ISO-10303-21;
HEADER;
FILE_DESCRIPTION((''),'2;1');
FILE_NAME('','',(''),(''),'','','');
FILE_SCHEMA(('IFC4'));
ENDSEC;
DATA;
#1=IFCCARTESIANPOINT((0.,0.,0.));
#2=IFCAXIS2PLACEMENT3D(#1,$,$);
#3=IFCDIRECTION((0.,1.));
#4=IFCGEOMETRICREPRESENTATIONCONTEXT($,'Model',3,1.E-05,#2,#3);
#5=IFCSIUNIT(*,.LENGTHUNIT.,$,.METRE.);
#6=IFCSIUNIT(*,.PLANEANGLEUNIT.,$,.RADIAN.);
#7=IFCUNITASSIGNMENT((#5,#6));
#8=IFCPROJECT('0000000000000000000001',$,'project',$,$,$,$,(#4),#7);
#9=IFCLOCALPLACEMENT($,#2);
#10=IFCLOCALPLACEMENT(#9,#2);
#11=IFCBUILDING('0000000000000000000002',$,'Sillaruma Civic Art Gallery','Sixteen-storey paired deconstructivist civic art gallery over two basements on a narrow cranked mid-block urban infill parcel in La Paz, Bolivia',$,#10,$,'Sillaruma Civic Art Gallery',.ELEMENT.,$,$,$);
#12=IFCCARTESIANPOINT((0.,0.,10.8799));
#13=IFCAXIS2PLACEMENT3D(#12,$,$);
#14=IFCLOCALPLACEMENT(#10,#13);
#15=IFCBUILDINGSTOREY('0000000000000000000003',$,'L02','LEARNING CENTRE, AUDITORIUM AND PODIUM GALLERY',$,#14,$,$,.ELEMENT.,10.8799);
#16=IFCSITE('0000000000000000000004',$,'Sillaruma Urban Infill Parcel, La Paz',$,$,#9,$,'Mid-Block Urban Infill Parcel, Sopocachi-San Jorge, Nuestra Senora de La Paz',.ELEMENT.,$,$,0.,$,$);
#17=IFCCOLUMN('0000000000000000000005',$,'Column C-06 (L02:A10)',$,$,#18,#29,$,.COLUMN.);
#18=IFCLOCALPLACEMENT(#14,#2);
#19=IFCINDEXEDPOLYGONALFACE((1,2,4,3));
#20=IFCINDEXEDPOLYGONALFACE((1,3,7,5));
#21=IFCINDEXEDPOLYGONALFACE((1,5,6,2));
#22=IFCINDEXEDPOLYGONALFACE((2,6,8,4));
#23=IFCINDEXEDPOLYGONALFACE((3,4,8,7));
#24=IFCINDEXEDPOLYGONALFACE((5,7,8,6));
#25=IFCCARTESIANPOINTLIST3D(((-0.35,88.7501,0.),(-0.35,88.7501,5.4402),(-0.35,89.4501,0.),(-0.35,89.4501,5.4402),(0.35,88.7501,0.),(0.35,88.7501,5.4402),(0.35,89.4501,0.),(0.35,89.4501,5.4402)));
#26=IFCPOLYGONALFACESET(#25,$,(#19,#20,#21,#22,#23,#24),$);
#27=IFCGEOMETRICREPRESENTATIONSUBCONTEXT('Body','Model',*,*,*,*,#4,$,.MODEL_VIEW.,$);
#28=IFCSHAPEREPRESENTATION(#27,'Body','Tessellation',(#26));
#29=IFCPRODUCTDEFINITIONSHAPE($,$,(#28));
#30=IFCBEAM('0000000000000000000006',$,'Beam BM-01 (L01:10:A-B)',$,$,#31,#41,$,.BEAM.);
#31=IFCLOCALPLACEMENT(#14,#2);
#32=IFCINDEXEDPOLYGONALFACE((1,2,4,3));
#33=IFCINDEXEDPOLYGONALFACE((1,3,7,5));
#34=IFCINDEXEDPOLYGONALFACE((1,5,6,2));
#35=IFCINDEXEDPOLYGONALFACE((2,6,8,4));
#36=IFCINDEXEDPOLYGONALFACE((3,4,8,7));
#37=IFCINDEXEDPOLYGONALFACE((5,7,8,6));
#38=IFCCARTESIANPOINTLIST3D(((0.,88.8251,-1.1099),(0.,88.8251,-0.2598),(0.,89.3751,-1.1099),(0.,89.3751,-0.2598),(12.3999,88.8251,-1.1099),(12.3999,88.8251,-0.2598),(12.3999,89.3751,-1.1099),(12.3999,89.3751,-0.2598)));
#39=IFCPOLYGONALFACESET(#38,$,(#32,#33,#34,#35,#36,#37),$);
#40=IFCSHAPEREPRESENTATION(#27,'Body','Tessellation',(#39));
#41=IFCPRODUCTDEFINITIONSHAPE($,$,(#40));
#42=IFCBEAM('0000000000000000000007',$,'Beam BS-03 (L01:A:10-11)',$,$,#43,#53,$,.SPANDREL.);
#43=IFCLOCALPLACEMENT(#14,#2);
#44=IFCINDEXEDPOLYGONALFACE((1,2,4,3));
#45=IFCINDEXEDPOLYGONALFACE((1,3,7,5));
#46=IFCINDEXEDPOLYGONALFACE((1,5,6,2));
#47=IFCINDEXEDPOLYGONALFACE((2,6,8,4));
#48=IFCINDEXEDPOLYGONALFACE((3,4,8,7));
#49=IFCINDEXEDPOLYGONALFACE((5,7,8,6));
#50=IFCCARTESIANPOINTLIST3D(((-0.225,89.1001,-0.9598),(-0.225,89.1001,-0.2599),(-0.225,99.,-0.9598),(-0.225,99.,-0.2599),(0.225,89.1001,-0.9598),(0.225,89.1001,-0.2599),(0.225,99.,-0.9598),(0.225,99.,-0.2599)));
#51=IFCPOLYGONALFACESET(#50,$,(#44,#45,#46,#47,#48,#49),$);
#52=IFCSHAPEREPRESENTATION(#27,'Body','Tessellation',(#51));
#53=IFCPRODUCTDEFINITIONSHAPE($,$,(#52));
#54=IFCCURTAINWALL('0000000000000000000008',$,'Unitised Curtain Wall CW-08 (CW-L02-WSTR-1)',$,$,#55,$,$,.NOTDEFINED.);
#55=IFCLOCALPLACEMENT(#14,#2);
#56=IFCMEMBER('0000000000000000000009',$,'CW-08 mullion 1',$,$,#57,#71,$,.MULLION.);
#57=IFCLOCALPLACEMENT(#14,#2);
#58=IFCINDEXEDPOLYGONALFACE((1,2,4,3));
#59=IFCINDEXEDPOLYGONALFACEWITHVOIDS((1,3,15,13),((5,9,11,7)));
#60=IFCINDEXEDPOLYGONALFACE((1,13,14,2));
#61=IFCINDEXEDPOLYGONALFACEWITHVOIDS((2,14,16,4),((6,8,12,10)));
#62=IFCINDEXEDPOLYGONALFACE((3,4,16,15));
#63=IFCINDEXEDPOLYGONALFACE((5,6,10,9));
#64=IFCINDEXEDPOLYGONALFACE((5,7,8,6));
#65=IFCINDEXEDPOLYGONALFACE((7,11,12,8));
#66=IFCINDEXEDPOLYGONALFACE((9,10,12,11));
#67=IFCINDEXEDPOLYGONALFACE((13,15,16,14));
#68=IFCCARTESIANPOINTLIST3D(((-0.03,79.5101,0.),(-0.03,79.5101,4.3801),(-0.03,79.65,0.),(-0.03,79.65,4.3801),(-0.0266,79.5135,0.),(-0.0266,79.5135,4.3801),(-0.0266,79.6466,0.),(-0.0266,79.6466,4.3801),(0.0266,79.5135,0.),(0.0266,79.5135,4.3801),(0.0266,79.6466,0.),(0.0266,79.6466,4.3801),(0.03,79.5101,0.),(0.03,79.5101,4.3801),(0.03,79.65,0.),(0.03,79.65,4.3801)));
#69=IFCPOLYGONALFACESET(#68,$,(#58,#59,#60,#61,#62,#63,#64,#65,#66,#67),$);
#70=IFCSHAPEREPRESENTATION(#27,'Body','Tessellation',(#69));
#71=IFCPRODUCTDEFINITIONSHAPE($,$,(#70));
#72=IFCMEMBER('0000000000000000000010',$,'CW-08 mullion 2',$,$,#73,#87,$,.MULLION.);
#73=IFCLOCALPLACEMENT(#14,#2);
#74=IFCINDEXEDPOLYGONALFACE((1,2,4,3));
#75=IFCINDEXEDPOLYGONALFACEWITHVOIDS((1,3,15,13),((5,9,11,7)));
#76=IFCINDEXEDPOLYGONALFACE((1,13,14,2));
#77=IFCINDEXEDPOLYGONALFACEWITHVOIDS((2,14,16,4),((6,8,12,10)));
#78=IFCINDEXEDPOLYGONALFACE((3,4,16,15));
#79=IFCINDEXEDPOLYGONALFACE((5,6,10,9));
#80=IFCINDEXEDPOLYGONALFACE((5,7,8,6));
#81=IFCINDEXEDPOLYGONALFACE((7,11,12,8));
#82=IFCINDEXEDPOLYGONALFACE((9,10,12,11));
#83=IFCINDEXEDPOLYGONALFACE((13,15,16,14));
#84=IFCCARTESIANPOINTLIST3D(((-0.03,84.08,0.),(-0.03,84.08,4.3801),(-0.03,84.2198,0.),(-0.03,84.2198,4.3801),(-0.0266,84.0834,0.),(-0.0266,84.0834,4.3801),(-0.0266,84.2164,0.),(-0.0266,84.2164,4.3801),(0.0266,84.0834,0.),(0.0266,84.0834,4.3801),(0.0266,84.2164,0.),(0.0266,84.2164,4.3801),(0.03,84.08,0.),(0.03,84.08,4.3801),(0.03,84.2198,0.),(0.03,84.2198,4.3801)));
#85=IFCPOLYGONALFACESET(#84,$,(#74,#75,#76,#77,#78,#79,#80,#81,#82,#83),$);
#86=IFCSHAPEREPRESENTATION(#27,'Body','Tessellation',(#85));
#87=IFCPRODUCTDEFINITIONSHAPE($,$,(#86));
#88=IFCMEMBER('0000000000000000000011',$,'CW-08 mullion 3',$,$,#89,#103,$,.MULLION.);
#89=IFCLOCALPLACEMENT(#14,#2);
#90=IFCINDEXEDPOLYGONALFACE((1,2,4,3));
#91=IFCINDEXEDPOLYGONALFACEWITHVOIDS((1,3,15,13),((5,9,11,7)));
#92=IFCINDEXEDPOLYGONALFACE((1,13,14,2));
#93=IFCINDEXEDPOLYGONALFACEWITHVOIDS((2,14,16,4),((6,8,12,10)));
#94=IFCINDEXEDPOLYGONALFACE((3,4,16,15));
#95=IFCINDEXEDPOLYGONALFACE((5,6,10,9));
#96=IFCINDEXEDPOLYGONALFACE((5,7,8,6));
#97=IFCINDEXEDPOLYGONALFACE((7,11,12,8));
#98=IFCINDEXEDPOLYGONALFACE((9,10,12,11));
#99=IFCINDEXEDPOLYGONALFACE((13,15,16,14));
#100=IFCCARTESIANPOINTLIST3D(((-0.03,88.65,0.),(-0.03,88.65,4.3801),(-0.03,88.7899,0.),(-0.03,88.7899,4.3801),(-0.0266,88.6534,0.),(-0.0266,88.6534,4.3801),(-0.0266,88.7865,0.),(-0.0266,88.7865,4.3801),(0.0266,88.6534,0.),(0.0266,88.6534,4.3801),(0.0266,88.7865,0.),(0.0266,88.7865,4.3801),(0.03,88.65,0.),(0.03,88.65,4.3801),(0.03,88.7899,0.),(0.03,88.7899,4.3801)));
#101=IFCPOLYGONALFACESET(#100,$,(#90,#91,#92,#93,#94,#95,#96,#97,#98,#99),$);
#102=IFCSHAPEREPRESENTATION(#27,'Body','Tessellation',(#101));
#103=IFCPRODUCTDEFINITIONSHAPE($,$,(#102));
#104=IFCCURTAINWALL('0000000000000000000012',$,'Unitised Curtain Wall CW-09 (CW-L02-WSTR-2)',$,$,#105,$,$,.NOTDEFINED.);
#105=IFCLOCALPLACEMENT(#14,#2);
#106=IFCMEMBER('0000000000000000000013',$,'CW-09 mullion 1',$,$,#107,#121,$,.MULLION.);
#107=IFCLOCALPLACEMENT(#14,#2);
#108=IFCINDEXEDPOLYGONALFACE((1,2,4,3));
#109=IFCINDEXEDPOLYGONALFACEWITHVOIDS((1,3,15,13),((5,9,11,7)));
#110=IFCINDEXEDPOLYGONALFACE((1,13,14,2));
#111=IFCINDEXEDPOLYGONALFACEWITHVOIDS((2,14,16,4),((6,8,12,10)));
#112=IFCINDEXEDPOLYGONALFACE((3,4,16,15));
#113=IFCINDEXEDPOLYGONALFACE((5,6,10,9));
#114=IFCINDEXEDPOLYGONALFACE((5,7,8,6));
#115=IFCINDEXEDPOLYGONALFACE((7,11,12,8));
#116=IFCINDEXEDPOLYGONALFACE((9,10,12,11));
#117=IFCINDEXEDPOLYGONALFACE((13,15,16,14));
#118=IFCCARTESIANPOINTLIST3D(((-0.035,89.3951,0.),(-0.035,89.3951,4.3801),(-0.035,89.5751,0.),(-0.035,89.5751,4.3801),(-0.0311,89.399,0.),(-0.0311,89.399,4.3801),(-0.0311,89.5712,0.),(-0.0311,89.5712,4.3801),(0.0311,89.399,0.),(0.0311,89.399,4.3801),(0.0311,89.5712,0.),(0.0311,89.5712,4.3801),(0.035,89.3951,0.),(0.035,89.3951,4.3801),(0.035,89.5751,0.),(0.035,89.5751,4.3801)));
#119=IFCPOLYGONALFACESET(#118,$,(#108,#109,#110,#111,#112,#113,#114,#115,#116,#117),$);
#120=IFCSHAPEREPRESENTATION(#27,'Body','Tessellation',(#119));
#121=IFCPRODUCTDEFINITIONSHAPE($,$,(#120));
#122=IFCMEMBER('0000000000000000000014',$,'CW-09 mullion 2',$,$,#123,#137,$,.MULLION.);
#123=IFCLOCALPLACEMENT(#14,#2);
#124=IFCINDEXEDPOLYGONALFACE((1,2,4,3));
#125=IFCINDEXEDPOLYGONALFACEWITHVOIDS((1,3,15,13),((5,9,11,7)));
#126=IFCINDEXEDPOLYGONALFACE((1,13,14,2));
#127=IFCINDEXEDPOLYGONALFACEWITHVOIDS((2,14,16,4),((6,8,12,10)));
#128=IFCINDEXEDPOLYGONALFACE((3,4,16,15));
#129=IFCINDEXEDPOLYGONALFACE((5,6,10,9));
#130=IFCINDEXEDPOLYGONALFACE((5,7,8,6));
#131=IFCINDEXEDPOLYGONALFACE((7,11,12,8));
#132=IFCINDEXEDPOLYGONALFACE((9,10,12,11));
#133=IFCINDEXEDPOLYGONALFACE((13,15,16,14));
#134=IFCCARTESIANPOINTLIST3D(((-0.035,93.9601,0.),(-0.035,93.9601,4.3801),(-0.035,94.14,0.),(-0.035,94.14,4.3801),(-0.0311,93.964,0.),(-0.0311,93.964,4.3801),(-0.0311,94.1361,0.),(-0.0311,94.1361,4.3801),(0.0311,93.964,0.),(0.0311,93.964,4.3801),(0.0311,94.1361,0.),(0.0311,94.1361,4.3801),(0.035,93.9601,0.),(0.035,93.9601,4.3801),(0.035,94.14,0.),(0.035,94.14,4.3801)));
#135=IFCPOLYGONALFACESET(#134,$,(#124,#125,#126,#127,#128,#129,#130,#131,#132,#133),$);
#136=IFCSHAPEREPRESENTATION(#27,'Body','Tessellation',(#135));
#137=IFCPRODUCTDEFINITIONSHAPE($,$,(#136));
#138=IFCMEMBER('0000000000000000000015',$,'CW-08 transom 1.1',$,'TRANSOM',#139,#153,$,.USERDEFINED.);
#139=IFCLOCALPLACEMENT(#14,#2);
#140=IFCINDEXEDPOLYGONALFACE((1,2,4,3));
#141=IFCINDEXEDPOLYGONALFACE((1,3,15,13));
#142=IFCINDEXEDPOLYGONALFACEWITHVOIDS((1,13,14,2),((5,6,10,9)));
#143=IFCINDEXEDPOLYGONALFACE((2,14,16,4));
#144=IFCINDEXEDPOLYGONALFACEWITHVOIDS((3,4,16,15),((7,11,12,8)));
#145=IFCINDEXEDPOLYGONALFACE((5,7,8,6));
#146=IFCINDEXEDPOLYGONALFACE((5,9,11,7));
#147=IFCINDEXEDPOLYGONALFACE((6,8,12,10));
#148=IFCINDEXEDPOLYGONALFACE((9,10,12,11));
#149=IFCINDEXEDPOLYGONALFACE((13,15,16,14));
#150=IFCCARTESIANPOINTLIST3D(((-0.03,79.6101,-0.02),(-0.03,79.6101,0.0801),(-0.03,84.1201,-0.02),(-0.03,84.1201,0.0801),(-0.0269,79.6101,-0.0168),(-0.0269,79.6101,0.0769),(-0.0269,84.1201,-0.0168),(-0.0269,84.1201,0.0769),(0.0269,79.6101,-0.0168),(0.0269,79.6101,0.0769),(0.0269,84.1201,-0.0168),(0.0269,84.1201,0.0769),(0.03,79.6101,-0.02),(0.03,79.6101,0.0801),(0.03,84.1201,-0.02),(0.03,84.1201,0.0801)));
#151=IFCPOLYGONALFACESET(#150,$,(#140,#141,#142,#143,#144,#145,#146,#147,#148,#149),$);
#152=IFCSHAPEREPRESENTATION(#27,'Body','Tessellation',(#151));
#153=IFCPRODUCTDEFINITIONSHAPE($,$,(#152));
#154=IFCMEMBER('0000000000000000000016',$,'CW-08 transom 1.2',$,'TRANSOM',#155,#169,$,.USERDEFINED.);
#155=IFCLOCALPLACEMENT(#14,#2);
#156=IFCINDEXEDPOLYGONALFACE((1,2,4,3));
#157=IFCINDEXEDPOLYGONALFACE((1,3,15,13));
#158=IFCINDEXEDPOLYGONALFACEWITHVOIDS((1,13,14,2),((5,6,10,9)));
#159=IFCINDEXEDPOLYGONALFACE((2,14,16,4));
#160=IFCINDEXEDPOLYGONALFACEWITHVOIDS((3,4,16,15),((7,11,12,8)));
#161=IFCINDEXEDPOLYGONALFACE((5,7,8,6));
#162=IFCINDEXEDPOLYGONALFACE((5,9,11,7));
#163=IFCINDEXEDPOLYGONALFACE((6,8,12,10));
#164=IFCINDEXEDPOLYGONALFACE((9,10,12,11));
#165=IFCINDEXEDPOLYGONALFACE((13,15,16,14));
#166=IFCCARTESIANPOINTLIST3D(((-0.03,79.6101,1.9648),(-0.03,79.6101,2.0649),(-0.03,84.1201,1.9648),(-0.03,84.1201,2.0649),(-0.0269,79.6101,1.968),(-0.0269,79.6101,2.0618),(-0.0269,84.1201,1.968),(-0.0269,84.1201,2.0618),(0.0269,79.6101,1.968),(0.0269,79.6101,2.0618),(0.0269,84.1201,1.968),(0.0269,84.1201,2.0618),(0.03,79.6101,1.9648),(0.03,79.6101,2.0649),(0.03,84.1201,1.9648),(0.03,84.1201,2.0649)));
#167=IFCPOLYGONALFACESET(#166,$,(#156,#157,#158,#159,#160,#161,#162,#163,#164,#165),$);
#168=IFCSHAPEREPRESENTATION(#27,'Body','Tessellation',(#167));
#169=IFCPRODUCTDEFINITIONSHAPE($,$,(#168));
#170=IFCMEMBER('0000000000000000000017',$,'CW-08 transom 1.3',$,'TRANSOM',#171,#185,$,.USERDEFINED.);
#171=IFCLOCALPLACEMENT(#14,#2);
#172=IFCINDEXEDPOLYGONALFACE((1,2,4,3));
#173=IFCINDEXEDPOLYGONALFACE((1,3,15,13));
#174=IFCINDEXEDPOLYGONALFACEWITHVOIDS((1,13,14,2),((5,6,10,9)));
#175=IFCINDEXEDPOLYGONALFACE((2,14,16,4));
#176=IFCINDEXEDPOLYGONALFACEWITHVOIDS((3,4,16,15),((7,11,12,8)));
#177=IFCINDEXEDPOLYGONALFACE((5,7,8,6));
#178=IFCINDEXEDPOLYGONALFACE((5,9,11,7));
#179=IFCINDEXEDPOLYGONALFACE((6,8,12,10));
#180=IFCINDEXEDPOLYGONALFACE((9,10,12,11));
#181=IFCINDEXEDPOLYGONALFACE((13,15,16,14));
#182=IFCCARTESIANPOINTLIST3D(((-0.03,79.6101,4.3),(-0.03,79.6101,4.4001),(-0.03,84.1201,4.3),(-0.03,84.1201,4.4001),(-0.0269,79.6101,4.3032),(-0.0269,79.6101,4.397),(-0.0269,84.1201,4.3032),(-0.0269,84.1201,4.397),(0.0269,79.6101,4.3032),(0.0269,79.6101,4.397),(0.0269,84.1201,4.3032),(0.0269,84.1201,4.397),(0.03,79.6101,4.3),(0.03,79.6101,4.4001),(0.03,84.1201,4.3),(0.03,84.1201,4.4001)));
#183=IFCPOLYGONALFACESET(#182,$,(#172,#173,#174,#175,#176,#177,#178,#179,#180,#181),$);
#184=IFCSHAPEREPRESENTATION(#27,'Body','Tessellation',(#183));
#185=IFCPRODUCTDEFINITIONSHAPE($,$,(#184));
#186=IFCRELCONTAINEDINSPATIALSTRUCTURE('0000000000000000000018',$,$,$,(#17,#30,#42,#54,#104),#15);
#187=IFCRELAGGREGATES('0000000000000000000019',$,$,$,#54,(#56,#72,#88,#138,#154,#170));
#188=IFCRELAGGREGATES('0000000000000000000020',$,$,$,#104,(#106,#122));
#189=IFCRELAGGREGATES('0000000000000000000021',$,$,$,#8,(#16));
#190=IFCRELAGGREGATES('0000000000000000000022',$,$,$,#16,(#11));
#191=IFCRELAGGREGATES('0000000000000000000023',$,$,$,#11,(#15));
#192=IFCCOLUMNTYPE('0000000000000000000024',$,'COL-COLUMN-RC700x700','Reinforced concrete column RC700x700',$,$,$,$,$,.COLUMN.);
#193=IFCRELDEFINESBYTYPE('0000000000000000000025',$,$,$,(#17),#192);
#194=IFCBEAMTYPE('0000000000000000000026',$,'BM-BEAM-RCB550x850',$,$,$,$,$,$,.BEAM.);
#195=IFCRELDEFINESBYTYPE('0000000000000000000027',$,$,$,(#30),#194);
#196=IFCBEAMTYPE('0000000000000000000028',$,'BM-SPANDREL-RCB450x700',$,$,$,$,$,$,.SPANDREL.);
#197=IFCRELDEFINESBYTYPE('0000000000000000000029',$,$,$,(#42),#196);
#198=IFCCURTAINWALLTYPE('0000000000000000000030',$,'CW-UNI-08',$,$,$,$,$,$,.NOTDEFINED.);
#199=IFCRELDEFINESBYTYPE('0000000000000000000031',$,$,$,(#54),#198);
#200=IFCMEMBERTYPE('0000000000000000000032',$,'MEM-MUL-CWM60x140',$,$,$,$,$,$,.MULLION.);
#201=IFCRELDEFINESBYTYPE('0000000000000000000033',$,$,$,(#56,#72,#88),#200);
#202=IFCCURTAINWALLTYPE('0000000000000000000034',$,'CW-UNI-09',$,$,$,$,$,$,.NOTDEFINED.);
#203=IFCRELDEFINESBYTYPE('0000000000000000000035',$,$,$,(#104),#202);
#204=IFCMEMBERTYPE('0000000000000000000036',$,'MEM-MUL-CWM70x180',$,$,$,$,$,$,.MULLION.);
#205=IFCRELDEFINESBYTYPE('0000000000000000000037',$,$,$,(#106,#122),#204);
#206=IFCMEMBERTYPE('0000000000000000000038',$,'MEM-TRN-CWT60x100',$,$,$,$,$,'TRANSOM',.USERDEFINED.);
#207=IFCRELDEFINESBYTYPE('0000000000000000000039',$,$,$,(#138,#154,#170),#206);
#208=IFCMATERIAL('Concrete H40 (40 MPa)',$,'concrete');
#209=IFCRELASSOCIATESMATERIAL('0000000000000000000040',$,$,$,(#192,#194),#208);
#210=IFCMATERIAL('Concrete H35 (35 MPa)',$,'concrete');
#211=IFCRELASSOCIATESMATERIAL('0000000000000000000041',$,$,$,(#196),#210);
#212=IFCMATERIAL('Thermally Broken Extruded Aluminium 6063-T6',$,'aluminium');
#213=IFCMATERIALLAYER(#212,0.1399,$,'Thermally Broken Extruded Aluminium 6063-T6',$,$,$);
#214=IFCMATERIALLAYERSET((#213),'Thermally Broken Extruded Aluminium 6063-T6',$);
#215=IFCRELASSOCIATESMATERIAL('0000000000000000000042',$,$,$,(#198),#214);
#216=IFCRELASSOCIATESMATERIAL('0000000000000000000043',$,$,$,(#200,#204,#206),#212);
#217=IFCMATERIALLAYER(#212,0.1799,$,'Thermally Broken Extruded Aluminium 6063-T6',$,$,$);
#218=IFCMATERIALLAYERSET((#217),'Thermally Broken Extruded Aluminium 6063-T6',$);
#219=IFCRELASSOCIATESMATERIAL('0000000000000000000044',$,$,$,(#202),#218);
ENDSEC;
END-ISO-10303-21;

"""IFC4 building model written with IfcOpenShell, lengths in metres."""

from ifc_helpers import new_model, si_unit, direction, frame, origin, origin_2d, place, context, subcontext, project, spatial, rectangle, hollow_rectangle, extrude, material, layer, layer_set, material_profile, profile_set, type_object, element, aggregate, save


model = new_model("IFC4")

# Units and contexts
model_context = context("Model", 3, precision=1e-05, world=origin(), true_north=direction((0.0, 1.0)))
body_context = subcontext(model_context, "Body", "Model", "MODEL_VIEW")
ifc_project = project(units=[si_unit("LENGTHUNIT", "METRE"), si_unit("PLANEANGLEUNIT", "RADIAN")], contexts=[model_context])

# Site, building, storey
site_placement = place(None, origin())
site = spatial("IfcSite", under=ifc_project, at=site_placement, Name="Sillaruma Urban Infill Parcel, La Paz", LongName="Mid-Block Urban Infill Parcel, Sopocachi-San Jorge, Nuestra Senora de La Paz", CompositionType="ELEMENT", RefElevation=0.0)
building_placement = place(site_placement, origin())
building = spatial("IfcBuilding", under=site, at=building_placement, Name="Sillaruma Civic Art Gallery", Description="Sixteen-storey paired deconstructivist civic art gallery over two basements on a narrow cranked mid-block urban infill parcel in La Paz, Bolivia", LongName="Sillaruma Civic Art Gallery", CompositionType="ELEMENT")
storey_placement = place(building_placement, frame((0.0, 0.0, 10.8799)))
storey = spatial("IfcBuildingStorey", under=building, at=storey_placement, Name="L02", Description="LEARNING CENTRE, AUDITORIUM AND PODIUM GALLERY", CompositionType="ELEMENT", Elevation=10.8799)

# Column
ifc_material_1 = material(Name="Concrete H40 (40 MPa)", Category="concrete")
ifc_material_profile_1 = material_profile(ifc_material_1, rectangle(XDim=0.7, YDim=0.7, at=origin_2d()), Name="RC700x700")
ifc_profile_set_1 = profile_set([ifc_material_profile_1], Name="Concrete H40 (40 MPa)")
column_type = type_object("IfcColumnType", Name="COL-COLUMN-RC700x700", Description="Reinforced concrete column RC700x700", PredefinedType="COLUMN", material=ifc_profile_set_1)
column_placement = place(storey_placement, frame((0.0, 89.1001, 0.0), z_axis=(0.0, 0.0, 1.0), x_axis=(1.0, 0.0, 0.0)))
element("IfcColumn", 1, at=column_placement, inside=storey, type_object=column_type, Name="Column C-06 (L02:A10)", PredefinedType="COLUMN", context=body_context, shape_type="SweptSolid", body=[
    extrude(rectangle(XDim=0.7, YDim=0.7, at=origin_2d()), origin(), (0.0, 0.0, 1.0), 5.4402),
])

# Beams
ifc_material_profile_2 = material_profile(ifc_material_1, rectangle(XDim=0.55, YDim=0.8501, at=origin_2d()), Name="RCB550x850")
ifc_profile_set_2 = profile_set([ifc_material_profile_2], Name="Concrete H40 (40 MPa)")
beam_type_1 = type_object("IfcBeamType", Name="BM-BEAM-RCB550x850", PredefinedType="BEAM", material=ifc_profile_set_2)
beam_1_placement = place(storey_placement, frame((0.0, 89.1001, -0.6848), z_axis=(1.0, 0.0, 0.0), x_axis=(0.0, 1.0, 0.0)))
element("IfcBeam", 2, at=beam_1_placement, inside=storey, type_object=beam_type_1, Name="Beam BM-01 (L01:10:A-B)", PredefinedType="BEAM", context=body_context, shape_type="SweptSolid", body=[
    extrude(rectangle(XDim=0.55, YDim=0.8501, at=origin_2d()), origin(), (0.0, 0.0, 1.0), 12.3999),
])
ifc_material_2 = material(Name="Concrete H35 (35 MPa)", Category="concrete")
ifc_material_profile_3 = material_profile(ifc_material_2, rectangle(XDim=0.45, YDim=0.7, at=origin_2d()), Name="RCB450x700")
ifc_profile_set_3 = profile_set([ifc_material_profile_3], Name="Concrete H35 (35 MPa)")
beam_type_2 = type_object("IfcBeamType", Name="BM-SPANDREL-RCB450x700", PredefinedType="SPANDREL", material=ifc_profile_set_3)
beam_2_placement = place(storey_placement, frame((0.0, 89.1001, -0.6099), z_axis=(0.0, 1.0, 0.0), x_axis=(-1.0, 0.0, 0.0)))
element("IfcBeam", 3, at=beam_2_placement, inside=storey, type_object=beam_type_2, Name="Beam BS-03 (L01:A:10-11)", PredefinedType="SPANDREL", context=body_context, shape_type="SweptSolid", body=[
    extrude(rectangle(XDim=0.45, YDim=0.7, at=origin_2d()), origin(), (0.0, 0.0, 1.0), 9.8999),
])

# Curtain walls, members
ifc_material_3 = material(Name="Thermally Broken Extruded Aluminium 6063-T6", Category="aluminium")
ifc_layer_1 = layer(ifc_material_3, 0.1399, Name="Thermally Broken Extruded Aluminium 6063-T6")
ifc_layer_set_1 = layer_set([ifc_layer_1], Name="Thermally Broken Extruded Aluminium 6063-T6")
curtain_wall_type_1 = type_object("IfcCurtainWallType", Name="CW-UNI-08", PredefinedType="NOTDEFINED", material=ifc_layer_set_1)
curtain_wall_1_placement = place(storey_placement, origin())
curtain_wall_1 = element("IfcCurtainWall", 4, at=curtain_wall_1_placement, inside=storey, type_object=curtain_wall_type_1, Name="Unitised Curtain Wall CW-08 (CW-L02-WSTR-1)", PredefinedType="NOTDEFINED")
ifc_material_profile_4 = material_profile(ifc_material_3, hollow_rectangle(XDim=0.0601, YDim=0.1399, WallThickness=0.0034, at=origin_2d()), Name="CWM60x140")
ifc_profile_set_4 = profile_set([ifc_material_profile_4], Name="Thermally Broken Extruded Aluminium 6063-T6")
member_type_1 = type_object("IfcMemberType", Name="MEM-MUL-CWM60x140", PredefinedType="MULLION", material=ifc_profile_set_4)
member_1_placement = place(storey_placement, frame((0.0, 79.5801, 0.0), z_axis=(0.0, 0.0, 1.0), x_axis=(-1.0, 0.0, 0.0)))
member_1 = element("IfcMember", 5, at=member_1_placement, type_object=member_type_1, Name="CW-08 mullion 1", PredefinedType="MULLION", context=body_context, shape_type="SweptSolid", body=[
    extrude(hollow_rectangle(XDim=0.0601, YDim=0.1399, WallThickness=0.0034, at=origin_2d()), origin(), (0.0, 0.0, 1.0), 4.3801),
])
member_2_placement = place(storey_placement, frame((0.0, 84.1499, 0.0), z_axis=(0.0, 0.0, 1.0), x_axis=(-1.0, 0.0, 0.0)))
member_2 = element("IfcMember", 6, at=member_2_placement, type_object=member_type_1, Name="CW-08 mullion 2", PredefinedType="MULLION", context=body_context, shape_type="SweptSolid", body=[
    extrude(hollow_rectangle(XDim=0.0601, YDim=0.1399, WallThickness=0.0034, at=origin_2d()), origin(), (0.0, 0.0, 1.0), 4.3801),
])
member_3_placement = place(storey_placement, frame((0.0, 88.72, 0.0), z_axis=(0.0, 0.0, 1.0), x_axis=(-1.0, 0.0, 0.0)))
member_3 = element("IfcMember", 7, at=member_3_placement, type_object=member_type_1, Name="CW-08 mullion 3", PredefinedType="MULLION", context=body_context, shape_type="SweptSolid", body=[
    extrude(hollow_rectangle(XDim=0.0601, YDim=0.1399, WallThickness=0.0034, at=origin_2d()), origin(), (0.0, 0.0, 1.0), 4.3801),
])
ifc_layer_2 = layer(ifc_material_3, 0.1799, Name="Thermally Broken Extruded Aluminium 6063-T6")
ifc_layer_set_2 = layer_set([ifc_layer_2], Name="Thermally Broken Extruded Aluminium 6063-T6")
curtain_wall_type_2 = type_object("IfcCurtainWallType", Name="CW-UNI-09", PredefinedType="NOTDEFINED", material=ifc_layer_set_2)
curtain_wall_2_placement = place(storey_placement, origin())
curtain_wall_2 = element("IfcCurtainWall", 8, at=curtain_wall_2_placement, inside=storey, type_object=curtain_wall_type_2, Name="Unitised Curtain Wall CW-09 (CW-L02-WSTR-2)", PredefinedType="NOTDEFINED")
ifc_material_profile_5 = material_profile(ifc_material_3, hollow_rectangle(XDim=0.0701, YDim=0.1799, WallThickness=0.0039, at=origin_2d()), Name="CWM70x180")
ifc_profile_set_5 = profile_set([ifc_material_profile_5], Name="Thermally Broken Extruded Aluminium 6063-T6")
member_type_2 = type_object("IfcMemberType", Name="MEM-MUL-CWM70x180", PredefinedType="MULLION", material=ifc_profile_set_5)
member_4_placement = place(storey_placement, frame((0.0, 89.4851, 0.0), z_axis=(0.0, 0.0, 1.0), x_axis=(-1.0, 0.0, 0.0)))
member_4 = element("IfcMember", 9, at=member_4_placement, type_object=member_type_2, Name="CW-09 mullion 1", PredefinedType="MULLION", context=body_context, shape_type="SweptSolid", body=[
    extrude(hollow_rectangle(XDim=0.0701, YDim=0.1799, WallThickness=0.0039, at=origin_2d()), origin(), (0.0, 0.0, 1.0), 4.3801),
])
member_5_placement = place(storey_placement, frame((0.0, 94.05, 0.0), z_axis=(0.0, 0.0, 1.0), x_axis=(-1.0, 0.0, 0.0)))
member_5 = element("IfcMember", 10, at=member_5_placement, type_object=member_type_2, Name="CW-09 mullion 2", PredefinedType="MULLION", context=body_context, shape_type="SweptSolid", body=[
    extrude(hollow_rectangle(XDim=0.0701, YDim=0.1799, WallThickness=0.0039, at=origin_2d()), origin(), (0.0, 0.0, 1.0), 4.3801),
])

# Members
ifc_material_profile_6 = material_profile(ifc_material_3, hollow_rectangle(XDim=0.0601, YDim=0.1001, WallThickness=0.0032, at=origin_2d()), Name="CWT60x100")
ifc_profile_set_6 = profile_set([ifc_material_profile_6], Name="Thermally Broken Extruded Aluminium 6063-T6")
member_type_3 = type_object("IfcMemberType", Name="MEM-TRN-CWT60x100", ElementType="TRANSOM", PredefinedType="USERDEFINED", material=ifc_profile_set_6)
member_6_placement = place(storey_placement, frame((0.0, 79.6101, 0.03), z_axis=(0.0, 1.0, 0.0), x_axis=(-1.0, 0.0, 0.0)))
member_6 = element("IfcMember", 11, at=member_6_placement, type_object=member_type_3, Name="CW-08 transom 1.1", ObjectType="TRANSOM", PredefinedType="USERDEFINED", context=body_context, shape_type="SweptSolid", body=[
    extrude(hollow_rectangle(XDim=0.0601, YDim=0.1001, WallThickness=0.0032, at=origin_2d()), origin(), (0.0, 0.0, 1.0), 4.51),
])
member_7_placement = place(storey_placement, frame((0.0, 79.6101, 2.0149), z_axis=(0.0, 1.0, 0.0), x_axis=(-1.0, 0.0, 0.0)))
member_7 = element("IfcMember", 12, at=member_7_placement, type_object=member_type_3, Name="CW-08 transom 1.2", ObjectType="TRANSOM", PredefinedType="USERDEFINED", context=body_context, shape_type="SweptSolid", body=[
    extrude(hollow_rectangle(XDim=0.0601, YDim=0.1001, WallThickness=0.0032, at=origin_2d()), origin(), (0.0, 0.0, 1.0), 4.51),
])
member_8_placement = place(storey_placement, frame((0.0, 79.6101, 4.3501), z_axis=(0.0, 1.0, 0.0), x_axis=(-1.0, 0.0, 0.0)))
member_8 = element("IfcMember", 13, at=member_8_placement, type_object=member_type_3, Name="CW-08 transom 1.3", ObjectType="TRANSOM", PredefinedType="USERDEFINED", context=body_context, shape_type="SweptSolid", body=[
    extrude(hollow_rectangle(XDim=0.0601, YDim=0.1001, WallThickness=0.0032, at=origin_2d()), origin(), (0.0, 0.0, 1.0), 4.51),
])

aggregate(curtain_wall_1, [member_1, member_2, member_3, member_6, member_7, member_8])
aggregate(curtain_wall_2, [member_4, member_5])

save(model, "model.ifc")
